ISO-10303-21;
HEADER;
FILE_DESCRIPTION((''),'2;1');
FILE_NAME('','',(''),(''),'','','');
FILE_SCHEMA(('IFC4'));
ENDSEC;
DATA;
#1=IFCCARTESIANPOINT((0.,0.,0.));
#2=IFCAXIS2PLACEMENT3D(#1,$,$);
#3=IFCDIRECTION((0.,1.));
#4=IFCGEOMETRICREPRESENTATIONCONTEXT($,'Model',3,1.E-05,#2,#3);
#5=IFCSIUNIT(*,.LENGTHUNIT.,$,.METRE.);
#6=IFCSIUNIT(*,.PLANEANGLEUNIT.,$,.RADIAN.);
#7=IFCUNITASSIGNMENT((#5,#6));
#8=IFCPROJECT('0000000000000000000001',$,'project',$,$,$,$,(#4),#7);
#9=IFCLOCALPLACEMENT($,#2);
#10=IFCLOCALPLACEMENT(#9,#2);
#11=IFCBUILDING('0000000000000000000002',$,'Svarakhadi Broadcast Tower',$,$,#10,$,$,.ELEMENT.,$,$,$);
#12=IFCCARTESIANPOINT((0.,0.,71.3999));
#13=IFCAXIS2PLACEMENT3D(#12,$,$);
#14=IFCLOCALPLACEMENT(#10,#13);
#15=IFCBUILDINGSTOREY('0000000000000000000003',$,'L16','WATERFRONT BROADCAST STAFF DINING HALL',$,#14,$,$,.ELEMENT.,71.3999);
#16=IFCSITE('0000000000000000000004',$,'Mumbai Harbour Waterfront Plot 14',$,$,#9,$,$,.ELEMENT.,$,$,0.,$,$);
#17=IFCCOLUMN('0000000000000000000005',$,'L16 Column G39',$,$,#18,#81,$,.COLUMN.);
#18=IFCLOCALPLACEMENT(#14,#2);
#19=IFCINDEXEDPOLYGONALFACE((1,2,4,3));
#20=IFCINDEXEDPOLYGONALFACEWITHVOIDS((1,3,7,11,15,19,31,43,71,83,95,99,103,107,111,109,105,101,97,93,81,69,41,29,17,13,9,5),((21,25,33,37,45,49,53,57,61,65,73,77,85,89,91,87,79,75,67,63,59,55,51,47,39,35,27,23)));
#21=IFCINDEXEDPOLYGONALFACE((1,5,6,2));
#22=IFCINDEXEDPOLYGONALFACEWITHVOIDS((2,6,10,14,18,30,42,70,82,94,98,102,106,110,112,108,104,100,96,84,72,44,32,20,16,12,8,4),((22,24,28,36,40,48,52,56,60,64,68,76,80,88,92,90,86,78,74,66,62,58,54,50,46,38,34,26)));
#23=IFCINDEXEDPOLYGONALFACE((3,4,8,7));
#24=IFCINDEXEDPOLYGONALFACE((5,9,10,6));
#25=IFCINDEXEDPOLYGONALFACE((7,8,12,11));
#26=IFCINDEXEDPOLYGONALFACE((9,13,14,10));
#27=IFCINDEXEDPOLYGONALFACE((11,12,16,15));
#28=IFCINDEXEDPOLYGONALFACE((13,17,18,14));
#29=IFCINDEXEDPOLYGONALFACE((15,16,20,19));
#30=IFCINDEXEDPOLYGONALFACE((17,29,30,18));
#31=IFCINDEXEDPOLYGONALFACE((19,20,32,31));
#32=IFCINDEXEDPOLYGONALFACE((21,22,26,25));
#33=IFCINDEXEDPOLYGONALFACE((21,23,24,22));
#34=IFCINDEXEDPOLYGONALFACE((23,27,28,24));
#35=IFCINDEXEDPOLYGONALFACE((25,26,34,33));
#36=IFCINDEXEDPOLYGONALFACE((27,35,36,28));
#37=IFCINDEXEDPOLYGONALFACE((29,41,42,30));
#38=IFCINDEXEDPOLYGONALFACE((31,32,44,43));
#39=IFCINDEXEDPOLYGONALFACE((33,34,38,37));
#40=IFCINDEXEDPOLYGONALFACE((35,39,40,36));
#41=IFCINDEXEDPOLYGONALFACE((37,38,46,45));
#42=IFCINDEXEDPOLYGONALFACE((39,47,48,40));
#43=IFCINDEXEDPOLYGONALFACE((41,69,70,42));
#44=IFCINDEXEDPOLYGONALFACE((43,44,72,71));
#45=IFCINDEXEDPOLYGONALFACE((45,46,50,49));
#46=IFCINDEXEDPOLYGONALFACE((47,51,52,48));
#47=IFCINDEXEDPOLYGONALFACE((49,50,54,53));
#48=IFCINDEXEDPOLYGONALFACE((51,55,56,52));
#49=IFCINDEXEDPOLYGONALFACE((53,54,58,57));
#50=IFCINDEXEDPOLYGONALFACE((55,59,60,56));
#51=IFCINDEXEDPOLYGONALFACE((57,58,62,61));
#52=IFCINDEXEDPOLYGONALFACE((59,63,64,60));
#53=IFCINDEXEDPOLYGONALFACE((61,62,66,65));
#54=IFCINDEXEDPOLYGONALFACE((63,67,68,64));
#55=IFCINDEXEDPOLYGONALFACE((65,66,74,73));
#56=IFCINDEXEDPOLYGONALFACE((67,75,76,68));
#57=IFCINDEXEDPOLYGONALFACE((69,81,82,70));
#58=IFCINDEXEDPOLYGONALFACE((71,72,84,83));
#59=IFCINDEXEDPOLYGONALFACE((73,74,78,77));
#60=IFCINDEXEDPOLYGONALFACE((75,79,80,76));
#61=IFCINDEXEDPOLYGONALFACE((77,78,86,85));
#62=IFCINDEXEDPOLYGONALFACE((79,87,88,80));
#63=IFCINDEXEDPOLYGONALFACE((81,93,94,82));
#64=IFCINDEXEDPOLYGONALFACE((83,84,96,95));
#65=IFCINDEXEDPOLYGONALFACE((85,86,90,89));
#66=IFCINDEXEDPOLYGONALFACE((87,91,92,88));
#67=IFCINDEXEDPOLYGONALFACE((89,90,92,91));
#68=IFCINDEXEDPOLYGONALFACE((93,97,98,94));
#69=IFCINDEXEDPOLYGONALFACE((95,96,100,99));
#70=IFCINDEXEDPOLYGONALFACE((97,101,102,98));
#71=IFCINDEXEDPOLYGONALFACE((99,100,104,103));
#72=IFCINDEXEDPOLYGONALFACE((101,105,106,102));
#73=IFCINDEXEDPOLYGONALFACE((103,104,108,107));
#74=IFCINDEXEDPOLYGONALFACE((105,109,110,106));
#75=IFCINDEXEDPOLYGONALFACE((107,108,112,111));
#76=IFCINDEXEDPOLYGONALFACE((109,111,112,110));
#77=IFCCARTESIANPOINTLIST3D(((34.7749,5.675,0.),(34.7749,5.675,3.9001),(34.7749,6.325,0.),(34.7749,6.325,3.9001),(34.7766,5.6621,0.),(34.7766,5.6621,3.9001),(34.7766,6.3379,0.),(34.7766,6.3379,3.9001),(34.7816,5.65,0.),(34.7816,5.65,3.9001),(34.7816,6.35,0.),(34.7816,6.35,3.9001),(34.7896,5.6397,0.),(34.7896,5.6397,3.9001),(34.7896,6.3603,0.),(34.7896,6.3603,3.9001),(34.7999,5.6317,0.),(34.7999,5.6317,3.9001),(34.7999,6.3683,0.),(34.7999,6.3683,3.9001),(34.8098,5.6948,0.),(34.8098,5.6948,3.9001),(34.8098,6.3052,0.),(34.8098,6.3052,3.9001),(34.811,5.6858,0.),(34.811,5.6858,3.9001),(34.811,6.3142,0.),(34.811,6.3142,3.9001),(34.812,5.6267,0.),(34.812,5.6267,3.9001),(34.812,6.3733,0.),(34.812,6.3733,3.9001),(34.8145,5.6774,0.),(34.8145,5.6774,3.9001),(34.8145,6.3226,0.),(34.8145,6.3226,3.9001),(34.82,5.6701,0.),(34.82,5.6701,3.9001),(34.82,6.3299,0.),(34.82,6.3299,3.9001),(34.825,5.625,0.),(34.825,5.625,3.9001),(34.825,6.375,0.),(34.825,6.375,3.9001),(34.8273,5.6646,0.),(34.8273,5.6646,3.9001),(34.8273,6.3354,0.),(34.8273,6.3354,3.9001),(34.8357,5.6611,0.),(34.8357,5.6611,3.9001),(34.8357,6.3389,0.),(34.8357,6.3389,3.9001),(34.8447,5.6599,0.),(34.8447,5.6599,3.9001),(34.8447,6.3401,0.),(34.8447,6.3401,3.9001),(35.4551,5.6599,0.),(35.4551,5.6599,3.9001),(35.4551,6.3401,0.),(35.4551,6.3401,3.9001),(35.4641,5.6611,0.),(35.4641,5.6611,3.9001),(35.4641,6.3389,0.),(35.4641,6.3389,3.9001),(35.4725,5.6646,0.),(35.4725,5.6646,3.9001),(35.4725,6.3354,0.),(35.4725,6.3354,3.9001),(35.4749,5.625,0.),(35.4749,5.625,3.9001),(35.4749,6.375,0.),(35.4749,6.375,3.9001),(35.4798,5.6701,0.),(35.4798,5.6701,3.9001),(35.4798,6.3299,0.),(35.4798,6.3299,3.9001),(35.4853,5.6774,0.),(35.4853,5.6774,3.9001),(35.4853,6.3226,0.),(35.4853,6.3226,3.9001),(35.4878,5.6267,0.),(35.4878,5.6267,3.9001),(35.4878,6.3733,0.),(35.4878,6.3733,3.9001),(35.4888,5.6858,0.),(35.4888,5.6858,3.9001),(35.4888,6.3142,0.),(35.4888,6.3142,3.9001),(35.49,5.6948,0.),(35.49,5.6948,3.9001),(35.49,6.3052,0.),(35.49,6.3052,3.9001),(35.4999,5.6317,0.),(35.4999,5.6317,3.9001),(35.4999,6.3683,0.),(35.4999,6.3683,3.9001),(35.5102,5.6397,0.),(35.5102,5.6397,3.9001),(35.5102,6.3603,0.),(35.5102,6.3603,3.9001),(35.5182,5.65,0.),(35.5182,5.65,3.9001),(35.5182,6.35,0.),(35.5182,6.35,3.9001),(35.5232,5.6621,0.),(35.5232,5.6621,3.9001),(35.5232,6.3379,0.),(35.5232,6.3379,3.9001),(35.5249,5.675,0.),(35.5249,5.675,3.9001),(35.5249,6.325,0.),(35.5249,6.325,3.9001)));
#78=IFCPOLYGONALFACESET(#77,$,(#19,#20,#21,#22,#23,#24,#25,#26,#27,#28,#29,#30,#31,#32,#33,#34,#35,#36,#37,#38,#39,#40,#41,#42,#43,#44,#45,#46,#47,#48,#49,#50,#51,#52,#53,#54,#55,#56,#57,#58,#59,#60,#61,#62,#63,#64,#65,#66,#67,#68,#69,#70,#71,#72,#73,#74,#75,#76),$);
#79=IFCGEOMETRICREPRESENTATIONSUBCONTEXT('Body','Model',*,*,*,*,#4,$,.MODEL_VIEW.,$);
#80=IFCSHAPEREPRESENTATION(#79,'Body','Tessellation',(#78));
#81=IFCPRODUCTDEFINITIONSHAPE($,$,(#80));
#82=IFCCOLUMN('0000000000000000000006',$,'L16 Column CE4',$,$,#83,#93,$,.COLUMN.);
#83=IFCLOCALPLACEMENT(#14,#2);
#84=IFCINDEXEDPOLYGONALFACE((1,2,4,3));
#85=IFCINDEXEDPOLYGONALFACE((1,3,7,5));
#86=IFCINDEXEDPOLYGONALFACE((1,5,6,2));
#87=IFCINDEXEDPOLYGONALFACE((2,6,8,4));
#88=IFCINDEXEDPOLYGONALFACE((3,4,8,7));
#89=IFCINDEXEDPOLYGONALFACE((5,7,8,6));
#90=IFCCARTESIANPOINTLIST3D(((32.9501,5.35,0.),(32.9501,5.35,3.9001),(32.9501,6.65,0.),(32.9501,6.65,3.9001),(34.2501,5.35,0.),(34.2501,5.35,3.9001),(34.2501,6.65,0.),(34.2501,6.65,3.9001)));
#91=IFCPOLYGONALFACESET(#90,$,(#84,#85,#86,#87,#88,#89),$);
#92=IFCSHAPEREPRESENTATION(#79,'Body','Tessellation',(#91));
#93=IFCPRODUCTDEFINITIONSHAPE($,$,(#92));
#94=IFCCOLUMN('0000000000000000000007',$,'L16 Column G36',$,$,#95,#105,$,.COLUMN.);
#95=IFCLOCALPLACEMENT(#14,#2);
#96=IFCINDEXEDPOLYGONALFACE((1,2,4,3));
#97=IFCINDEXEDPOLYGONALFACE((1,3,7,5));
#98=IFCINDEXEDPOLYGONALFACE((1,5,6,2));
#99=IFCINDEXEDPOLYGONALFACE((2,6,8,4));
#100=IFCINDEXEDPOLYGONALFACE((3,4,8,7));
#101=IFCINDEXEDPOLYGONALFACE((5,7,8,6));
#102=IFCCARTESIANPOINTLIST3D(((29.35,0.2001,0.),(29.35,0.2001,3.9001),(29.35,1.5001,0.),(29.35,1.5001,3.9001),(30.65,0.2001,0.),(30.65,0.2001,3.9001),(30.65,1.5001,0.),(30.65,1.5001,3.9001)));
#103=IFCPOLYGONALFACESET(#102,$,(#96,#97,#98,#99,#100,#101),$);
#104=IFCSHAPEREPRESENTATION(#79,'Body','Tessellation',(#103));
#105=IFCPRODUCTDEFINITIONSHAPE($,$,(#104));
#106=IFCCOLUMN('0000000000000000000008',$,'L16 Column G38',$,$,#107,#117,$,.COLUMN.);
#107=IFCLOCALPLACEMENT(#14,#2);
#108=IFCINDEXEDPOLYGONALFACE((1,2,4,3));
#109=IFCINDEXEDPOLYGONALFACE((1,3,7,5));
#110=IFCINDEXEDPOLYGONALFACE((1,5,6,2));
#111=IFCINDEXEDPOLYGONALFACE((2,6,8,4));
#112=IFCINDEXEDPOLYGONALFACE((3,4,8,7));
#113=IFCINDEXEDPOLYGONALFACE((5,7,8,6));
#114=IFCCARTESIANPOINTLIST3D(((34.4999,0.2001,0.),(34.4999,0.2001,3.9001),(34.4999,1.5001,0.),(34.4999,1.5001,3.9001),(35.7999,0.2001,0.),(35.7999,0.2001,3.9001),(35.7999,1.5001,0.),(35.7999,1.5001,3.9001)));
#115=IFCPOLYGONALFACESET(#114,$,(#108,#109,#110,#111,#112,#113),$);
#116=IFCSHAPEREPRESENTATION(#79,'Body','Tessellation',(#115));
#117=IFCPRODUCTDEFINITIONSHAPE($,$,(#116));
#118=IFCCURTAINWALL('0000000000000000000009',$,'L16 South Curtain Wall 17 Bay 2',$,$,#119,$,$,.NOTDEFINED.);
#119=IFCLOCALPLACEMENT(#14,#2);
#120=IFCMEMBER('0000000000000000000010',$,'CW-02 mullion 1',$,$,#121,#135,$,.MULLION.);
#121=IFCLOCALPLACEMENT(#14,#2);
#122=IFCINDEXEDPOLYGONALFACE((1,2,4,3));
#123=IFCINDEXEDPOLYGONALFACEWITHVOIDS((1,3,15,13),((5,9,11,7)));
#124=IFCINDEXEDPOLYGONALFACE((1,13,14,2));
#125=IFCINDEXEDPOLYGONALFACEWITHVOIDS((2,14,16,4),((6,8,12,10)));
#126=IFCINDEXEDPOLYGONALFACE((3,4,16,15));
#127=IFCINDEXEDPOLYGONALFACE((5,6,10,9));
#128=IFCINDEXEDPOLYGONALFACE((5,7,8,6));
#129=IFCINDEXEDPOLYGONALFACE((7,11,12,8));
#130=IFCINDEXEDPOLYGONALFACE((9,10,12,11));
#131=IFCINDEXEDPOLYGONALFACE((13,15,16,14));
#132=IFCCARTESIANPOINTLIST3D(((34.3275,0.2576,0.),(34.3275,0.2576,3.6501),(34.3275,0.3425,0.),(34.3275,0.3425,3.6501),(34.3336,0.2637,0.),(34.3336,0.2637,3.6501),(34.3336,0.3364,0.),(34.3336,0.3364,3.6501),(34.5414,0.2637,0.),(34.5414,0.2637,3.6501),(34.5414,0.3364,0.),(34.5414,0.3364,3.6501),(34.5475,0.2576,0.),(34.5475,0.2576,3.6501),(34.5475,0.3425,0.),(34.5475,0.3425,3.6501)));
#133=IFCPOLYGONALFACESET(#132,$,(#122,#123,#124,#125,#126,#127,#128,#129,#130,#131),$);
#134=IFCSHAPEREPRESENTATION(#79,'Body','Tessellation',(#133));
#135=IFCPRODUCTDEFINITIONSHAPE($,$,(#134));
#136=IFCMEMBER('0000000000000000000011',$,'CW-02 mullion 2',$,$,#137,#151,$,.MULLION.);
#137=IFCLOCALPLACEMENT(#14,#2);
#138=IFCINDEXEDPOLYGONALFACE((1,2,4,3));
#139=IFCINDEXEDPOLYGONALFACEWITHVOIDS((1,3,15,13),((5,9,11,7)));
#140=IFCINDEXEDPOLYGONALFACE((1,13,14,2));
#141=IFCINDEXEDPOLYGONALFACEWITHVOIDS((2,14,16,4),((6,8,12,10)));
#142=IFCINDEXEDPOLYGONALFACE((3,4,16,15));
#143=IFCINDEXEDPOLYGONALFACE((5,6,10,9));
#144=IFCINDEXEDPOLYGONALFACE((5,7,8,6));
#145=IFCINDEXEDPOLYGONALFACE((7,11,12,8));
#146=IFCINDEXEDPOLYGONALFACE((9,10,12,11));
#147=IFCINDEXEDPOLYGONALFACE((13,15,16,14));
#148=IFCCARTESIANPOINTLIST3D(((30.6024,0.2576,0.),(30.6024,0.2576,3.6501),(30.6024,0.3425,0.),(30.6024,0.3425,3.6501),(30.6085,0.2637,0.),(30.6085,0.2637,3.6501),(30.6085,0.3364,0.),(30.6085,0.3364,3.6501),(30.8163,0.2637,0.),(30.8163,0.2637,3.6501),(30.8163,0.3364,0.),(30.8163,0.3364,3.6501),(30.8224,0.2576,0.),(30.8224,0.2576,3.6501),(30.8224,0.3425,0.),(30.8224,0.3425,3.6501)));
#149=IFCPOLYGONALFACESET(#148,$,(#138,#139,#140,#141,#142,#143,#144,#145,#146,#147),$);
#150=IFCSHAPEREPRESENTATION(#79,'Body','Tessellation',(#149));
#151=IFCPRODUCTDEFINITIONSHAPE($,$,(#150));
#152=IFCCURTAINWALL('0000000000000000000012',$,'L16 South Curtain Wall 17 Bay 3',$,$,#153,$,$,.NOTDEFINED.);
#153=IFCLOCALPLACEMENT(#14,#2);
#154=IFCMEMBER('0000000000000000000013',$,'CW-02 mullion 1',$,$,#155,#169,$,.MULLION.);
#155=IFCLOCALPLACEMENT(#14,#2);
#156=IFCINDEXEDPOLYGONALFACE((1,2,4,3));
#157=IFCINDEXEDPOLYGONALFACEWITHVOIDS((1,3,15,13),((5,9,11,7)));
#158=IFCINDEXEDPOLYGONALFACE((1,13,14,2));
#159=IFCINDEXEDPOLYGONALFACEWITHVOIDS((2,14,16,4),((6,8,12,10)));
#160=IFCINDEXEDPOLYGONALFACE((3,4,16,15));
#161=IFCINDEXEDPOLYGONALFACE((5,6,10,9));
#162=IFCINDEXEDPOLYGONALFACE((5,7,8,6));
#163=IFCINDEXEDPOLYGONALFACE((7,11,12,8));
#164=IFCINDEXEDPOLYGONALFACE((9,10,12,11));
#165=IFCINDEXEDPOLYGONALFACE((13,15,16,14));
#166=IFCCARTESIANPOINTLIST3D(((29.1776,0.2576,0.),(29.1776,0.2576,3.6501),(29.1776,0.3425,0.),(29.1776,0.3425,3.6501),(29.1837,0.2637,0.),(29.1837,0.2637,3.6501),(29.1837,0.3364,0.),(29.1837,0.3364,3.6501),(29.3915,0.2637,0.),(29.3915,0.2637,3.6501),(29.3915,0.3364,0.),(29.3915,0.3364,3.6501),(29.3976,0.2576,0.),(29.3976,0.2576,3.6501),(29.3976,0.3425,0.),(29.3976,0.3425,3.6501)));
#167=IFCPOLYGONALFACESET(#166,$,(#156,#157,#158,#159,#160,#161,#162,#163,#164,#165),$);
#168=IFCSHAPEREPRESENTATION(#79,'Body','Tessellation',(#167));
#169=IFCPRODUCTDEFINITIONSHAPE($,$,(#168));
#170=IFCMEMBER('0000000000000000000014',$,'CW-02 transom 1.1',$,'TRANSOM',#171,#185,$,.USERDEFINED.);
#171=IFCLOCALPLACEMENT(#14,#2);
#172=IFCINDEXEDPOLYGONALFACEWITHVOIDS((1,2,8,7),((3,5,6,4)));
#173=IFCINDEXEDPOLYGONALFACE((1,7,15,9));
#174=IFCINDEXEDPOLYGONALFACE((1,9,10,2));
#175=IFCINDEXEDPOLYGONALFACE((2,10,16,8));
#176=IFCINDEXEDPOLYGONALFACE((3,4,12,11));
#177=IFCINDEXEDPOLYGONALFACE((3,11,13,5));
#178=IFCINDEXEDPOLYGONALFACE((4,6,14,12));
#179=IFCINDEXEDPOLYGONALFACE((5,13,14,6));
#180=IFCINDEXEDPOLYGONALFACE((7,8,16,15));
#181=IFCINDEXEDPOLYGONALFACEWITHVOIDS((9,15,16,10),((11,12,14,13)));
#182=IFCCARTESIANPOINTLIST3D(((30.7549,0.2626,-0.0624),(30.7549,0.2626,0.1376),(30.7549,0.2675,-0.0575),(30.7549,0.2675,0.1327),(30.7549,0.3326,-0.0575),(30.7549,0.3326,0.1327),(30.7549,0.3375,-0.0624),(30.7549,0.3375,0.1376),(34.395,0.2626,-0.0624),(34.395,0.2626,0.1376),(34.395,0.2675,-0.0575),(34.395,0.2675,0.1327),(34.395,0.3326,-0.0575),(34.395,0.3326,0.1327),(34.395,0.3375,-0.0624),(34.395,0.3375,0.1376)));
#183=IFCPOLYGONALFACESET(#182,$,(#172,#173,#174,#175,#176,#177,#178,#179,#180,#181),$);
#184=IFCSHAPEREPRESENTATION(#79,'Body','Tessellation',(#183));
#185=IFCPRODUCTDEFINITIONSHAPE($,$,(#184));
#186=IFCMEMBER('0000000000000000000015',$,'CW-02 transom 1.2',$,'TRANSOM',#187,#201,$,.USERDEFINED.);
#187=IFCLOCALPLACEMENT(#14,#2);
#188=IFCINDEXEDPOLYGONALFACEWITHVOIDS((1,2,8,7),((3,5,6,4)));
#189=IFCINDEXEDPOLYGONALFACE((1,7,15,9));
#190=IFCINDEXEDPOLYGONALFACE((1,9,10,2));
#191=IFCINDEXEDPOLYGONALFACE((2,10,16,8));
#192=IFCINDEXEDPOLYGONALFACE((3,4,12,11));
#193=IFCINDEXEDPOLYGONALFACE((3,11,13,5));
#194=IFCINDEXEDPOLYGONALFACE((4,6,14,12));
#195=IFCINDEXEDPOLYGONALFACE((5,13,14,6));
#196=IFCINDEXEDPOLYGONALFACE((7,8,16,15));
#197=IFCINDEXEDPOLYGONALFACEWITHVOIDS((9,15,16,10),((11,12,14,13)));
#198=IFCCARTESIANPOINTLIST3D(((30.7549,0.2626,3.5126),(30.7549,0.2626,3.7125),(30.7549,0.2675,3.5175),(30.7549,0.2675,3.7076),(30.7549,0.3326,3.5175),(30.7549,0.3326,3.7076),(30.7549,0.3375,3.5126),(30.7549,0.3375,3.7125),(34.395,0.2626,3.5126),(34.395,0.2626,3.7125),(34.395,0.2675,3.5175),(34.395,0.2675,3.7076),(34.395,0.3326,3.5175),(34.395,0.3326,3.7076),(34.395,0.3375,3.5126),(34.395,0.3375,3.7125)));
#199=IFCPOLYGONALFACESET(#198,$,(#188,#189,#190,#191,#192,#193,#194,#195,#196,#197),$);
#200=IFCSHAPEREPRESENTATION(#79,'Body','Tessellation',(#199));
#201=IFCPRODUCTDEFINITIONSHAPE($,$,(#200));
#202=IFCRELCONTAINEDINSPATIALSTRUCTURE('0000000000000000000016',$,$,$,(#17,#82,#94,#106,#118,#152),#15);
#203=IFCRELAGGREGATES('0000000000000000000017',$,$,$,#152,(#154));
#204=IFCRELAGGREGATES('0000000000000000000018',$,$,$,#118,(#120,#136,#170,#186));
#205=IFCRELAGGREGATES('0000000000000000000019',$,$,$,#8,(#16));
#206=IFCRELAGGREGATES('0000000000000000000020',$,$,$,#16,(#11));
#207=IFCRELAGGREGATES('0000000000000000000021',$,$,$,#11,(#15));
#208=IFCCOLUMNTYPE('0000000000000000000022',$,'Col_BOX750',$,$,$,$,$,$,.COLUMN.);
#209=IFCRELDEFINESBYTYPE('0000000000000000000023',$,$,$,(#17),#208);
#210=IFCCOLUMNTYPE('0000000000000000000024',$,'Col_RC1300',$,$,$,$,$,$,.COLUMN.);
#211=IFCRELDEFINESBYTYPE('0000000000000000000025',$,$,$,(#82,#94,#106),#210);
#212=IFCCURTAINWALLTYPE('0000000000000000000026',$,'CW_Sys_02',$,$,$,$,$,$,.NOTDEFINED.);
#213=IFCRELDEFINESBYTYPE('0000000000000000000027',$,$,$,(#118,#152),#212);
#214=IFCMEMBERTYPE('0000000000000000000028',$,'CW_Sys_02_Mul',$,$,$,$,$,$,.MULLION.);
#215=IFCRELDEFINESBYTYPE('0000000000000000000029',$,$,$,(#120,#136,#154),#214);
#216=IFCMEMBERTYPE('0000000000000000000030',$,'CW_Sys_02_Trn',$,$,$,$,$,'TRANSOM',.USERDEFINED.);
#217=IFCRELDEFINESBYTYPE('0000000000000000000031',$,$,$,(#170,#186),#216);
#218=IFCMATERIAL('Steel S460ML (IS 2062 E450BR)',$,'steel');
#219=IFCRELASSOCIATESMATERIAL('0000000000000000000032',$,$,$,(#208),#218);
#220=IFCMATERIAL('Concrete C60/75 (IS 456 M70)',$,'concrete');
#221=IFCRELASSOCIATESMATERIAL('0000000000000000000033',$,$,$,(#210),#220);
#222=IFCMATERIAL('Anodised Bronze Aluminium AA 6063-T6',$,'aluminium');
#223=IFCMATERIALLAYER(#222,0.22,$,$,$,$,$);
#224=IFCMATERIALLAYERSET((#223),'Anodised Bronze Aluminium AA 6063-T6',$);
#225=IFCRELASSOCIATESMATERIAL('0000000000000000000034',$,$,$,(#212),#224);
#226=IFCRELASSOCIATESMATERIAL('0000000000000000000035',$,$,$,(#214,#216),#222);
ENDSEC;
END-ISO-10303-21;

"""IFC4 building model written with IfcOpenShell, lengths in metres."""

from ifc_helpers import new_model, si_unit, direction, frame, origin, origin_2d, place, context, subcontext, project, spatial, rectangle, hollow_rectangle, extrude, material, layer, layer_set, material_profile, profile_set, type_object, element, aggregate, save


model = new_model("IFC4")

# Units and contexts
model_context = context("Model", 3, precision=1e-05, world=origin(), true_north=direction((0.0, 1.0)))
body_context = subcontext(model_context, "Body", "Model", "MODEL_VIEW")
ifc_project = project(units=[si_unit("LENGTHUNIT", "METRE"), si_unit("PLANEANGLEUNIT", "RADIAN")], contexts=[model_context])

# Site, building, storey
site_placement = place(None, origin())
site = spatial("IfcSite", under=ifc_project, at=site_placement, Name="Mumbai Harbour Waterfront Plot 14", CompositionType="ELEMENT", RefElevation=0.0)
building_placement = place(site_placement, origin())
building = spatial("IfcBuilding", under=site, at=building_placement, Name="Svarakhadi Broadcast Tower", CompositionType="ELEMENT")
storey_placement = place(building_placement, frame((0.0, 0.0, 71.3999)))
storey = spatial("IfcBuildingStorey", under=building, at=storey_placement, Name="L16", Description="WATERFRONT BROADCAST STAFF DINING HALL", CompositionType="ELEMENT", Elevation=71.3999)

# Columns
ifc_material_1 = material(Name="Steel S460ML (IS 2062 E450BR)", Category="steel")
ifc_material_profile_1 = material_profile(ifc_material_1, hollow_rectangle(XDim=0.75, YDim=0.75, WallThickness=0.0349, InnerFilletRadius=0.0349, OuterFilletRadius=0.05, at=origin_2d()), Name="BOX 750x750x35")
ifc_profile_set_1 = profile_set([ifc_material_profile_1], Name="Steel S460ML (IS 2062 E450BR)")
column_type_1 = type_object("IfcColumnType", Name="Col_BOX750", PredefinedType="COLUMN", material=ifc_profile_set_1)
column_placement = place(storey_placement, frame((35.1499, 6.0, 0.0), z_axis=(0.0, 0.0, 1.0), x_axis=(1.0, 0.0, 0.0)))
element("IfcColumn", 1, at=column_placement, inside=storey, type_object=column_type_1, Name="L16 Column G39", PredefinedType="COLUMN", context=body_context, shape_type="SweptSolid", body=[
    extrude(hollow_rectangle(XDim=0.75, YDim=0.75, WallThickness=0.0349, InnerFilletRadius=0.0349, OuterFilletRadius=0.05, at=origin_2d()), origin(), (0.0, 0.0, 1.0), 3.9001),
])
ifc_material_2 = material(Name="Concrete C60/75 (IS 456 M70)", Category="concrete")
ifc_material_profile_2 = material_profile(ifc_material_2, rectangle(XDim=1.3, YDim=1.3, at=origin_2d()), Name="RC 1300x1300")
ifc_profile_set_2 = profile_set([ifc_material_profile_2], Name="Concrete C60/75 (IS 456 M70)")
column_type_2 = type_object("IfcColumnType", Name="Col_RC1300", PredefinedType="COLUMN", material=ifc_profile_set_2)
for number, where, z_axis, x_axis, name in (
    (2, (33.6001, 6.0, 0.0), (0.0, 0.0, 1.0), (1.0, 0.0, 0.0), "L16 Column CE4"),
    (3, (30.0, 0.8501, 0.0), (0.0, 0.0, 1.0), (1.0, 0.0, 0.0), "L16 Column G36"),
    (4, (35.1499, 0.8501, 0.0), (0.0, 0.0, 1.0), (1.0, 0.0, 0.0), "L16 Column G38"),
):
    element("IfcColumn", number, at=place(storey_placement, frame(where, z_axis=z_axis, x_axis=x_axis)), inside=storey, type_object=column_type_2, Name=name, PredefinedType="COLUMN", context=body_context, shape_type="SweptSolid", body=[
        extrude(rectangle(XDim=1.3, YDim=1.3, at=origin_2d()), origin(), (0.0, 0.0, 1.0), 3.9001),
    ])

# Curtain wall, members
ifc_material_3 = material(Name="Anodised Bronze Aluminium AA 6063-T6", Category="aluminium")
ifc_layer_1 = layer(ifc_material_3, 0.22)
ifc_layer_set_1 = layer_set([ifc_layer_1], Name="Anodised Bronze Aluminium AA 6063-T6")
curtain_wall_type = type_object("IfcCurtainWallType", Name="CW_Sys_02", PredefinedType="NOTDEFINED", material=ifc_layer_set_1)
curtain_wall_1_placement = place(storey_placement, origin())
curtain_wall_1 = element("IfcCurtainWall", 5, at=curtain_wall_1_placement, inside=storey, type_object=curtain_wall_type, Name="L16 South Curtain Wall 17 Bay 2", PredefinedType="NOTDEFINED")
ifc_material_profile_3 = material_profile(ifc_material_3, hollow_rectangle(XDim=0.085, YDim=0.22, WallThickness=0.0061, at=origin_2d()), Name="ALU MULLION 220x85x6")
ifc_profile_set_3 = profile_set([ifc_material_profile_3], Name="Anodised Bronze Aluminium AA 6063-T6")
member_type_1 = type_object("IfcMemberType", Name="CW_Sys_02_Mul", PredefinedType="MULLION", material=ifc_profile_set_3)
member_1_placement = place(storey_placement, frame((34.4375, 0.3, 0.0), z_axis=(0.0, 0.0, 1.0), x_axis=(0.0, -1.0, 0.0)))
member_1 = element("IfcMember", 6, at=member_1_placement, type_object=member_type_1, Name="CW-02 mullion 1", PredefinedType="MULLION", context=body_context, shape_type="SweptSolid", body=[
    extrude(hollow_rectangle(XDim=0.085, YDim=0.22, WallThickness=0.0061, at=origin_2d()), origin(), (0.0, 0.0, 1.0), 3.6501),
])
member_2_placement = place(storey_placement, frame((30.7124, 0.3, 0.0), z_axis=(0.0, 0.0, 1.0), x_axis=(0.0, -1.0, 0.0)))
member_2 = element("IfcMember", 7, at=member_2_placement, type_object=member_type_1, Name="CW-02 mullion 2", PredefinedType="MULLION", context=body_context, shape_type="SweptSolid", body=[
    extrude(hollow_rectangle(XDim=0.085, YDim=0.22, WallThickness=0.0061, at=origin_2d()), origin(), (0.0, 0.0, 1.0), 3.6501),
])

# Curtain wall, member
curtain_wall_2_placement = place(storey_placement, origin())
curtain_wall_2 = element("IfcCurtainWall", 8, at=curtain_wall_2_placement, inside=storey, type_object=curtain_wall_type, Name="L16 South Curtain Wall 17 Bay 3", PredefinedType="NOTDEFINED")
member_3_placement = place(storey_placement, frame((29.2876, 0.3, 0.0), z_axis=(0.0, 0.0, 1.0), x_axis=(0.0, -1.0, 0.0)))
member_3 = element("IfcMember", 9, at=member_3_placement, type_object=member_type_1, Name="CW-02 mullion 1", PredefinedType="MULLION", context=body_context, shape_type="SweptSolid", body=[
    extrude(hollow_rectangle(XDim=0.085, YDim=0.22, WallThickness=0.0061, at=origin_2d()), origin(), (0.0, 0.0, 1.0), 3.6501),
])
aggregate(curtain_wall_2, [member_3])

# Members
ifc_material_profile_4 = material_profile(ifc_material_3, hollow_rectangle(XDim=0.075, YDim=0.2, WallThickness=0.0049, at=origin_2d()), Name="ALU TRANSOM 200x75x5")
ifc_profile_set_4 = profile_set([ifc_material_profile_4], Name="Anodised Bronze Aluminium AA 6063-T6")
member_type_2 = type_object("IfcMemberType", Name="CW_Sys_02_Trn", ElementType="TRANSOM", PredefinedType="USERDEFINED", material=ifc_profile_set_4)
member_4_placement = place(storey_placement, frame((34.395, 0.3, 0.0376), z_axis=(-1.0, 0.0, 0.0), x_axis=(0.0, -1.0, 0.0)))
member_4 = element("IfcMember", 10, at=member_4_placement, type_object=member_type_2, Name="CW-02 transom 1.1", ObjectType="TRANSOM", PredefinedType="USERDEFINED", context=body_context, shape_type="SweptSolid", body=[
    extrude(hollow_rectangle(XDim=0.075, YDim=0.2, WallThickness=0.0049, at=origin_2d()), origin(), (0.0, 0.0, 1.0), 3.6401),
])
member_5_placement = place(storey_placement, frame((34.395, 0.3, 3.6125), z_axis=(-1.0, 0.0, 0.0), x_axis=(0.0, -1.0, 0.0)))
member_5 = element("IfcMember", 11, at=member_5_placement, type_object=member_type_2, Name="CW-02 transom 1.2", ObjectType="TRANSOM", PredefinedType="USERDEFINED", context=body_context, shape_type="SweptSolid", body=[
    extrude(hollow_rectangle(XDim=0.075, YDim=0.2, WallThickness=0.0049, at=origin_2d()), origin(), (0.0, 0.0, 1.0), 3.6401),
])

aggregate(curtain_wall_1, [member_1, member_2, member_4, member_5])

save(model, "model.ifc")
